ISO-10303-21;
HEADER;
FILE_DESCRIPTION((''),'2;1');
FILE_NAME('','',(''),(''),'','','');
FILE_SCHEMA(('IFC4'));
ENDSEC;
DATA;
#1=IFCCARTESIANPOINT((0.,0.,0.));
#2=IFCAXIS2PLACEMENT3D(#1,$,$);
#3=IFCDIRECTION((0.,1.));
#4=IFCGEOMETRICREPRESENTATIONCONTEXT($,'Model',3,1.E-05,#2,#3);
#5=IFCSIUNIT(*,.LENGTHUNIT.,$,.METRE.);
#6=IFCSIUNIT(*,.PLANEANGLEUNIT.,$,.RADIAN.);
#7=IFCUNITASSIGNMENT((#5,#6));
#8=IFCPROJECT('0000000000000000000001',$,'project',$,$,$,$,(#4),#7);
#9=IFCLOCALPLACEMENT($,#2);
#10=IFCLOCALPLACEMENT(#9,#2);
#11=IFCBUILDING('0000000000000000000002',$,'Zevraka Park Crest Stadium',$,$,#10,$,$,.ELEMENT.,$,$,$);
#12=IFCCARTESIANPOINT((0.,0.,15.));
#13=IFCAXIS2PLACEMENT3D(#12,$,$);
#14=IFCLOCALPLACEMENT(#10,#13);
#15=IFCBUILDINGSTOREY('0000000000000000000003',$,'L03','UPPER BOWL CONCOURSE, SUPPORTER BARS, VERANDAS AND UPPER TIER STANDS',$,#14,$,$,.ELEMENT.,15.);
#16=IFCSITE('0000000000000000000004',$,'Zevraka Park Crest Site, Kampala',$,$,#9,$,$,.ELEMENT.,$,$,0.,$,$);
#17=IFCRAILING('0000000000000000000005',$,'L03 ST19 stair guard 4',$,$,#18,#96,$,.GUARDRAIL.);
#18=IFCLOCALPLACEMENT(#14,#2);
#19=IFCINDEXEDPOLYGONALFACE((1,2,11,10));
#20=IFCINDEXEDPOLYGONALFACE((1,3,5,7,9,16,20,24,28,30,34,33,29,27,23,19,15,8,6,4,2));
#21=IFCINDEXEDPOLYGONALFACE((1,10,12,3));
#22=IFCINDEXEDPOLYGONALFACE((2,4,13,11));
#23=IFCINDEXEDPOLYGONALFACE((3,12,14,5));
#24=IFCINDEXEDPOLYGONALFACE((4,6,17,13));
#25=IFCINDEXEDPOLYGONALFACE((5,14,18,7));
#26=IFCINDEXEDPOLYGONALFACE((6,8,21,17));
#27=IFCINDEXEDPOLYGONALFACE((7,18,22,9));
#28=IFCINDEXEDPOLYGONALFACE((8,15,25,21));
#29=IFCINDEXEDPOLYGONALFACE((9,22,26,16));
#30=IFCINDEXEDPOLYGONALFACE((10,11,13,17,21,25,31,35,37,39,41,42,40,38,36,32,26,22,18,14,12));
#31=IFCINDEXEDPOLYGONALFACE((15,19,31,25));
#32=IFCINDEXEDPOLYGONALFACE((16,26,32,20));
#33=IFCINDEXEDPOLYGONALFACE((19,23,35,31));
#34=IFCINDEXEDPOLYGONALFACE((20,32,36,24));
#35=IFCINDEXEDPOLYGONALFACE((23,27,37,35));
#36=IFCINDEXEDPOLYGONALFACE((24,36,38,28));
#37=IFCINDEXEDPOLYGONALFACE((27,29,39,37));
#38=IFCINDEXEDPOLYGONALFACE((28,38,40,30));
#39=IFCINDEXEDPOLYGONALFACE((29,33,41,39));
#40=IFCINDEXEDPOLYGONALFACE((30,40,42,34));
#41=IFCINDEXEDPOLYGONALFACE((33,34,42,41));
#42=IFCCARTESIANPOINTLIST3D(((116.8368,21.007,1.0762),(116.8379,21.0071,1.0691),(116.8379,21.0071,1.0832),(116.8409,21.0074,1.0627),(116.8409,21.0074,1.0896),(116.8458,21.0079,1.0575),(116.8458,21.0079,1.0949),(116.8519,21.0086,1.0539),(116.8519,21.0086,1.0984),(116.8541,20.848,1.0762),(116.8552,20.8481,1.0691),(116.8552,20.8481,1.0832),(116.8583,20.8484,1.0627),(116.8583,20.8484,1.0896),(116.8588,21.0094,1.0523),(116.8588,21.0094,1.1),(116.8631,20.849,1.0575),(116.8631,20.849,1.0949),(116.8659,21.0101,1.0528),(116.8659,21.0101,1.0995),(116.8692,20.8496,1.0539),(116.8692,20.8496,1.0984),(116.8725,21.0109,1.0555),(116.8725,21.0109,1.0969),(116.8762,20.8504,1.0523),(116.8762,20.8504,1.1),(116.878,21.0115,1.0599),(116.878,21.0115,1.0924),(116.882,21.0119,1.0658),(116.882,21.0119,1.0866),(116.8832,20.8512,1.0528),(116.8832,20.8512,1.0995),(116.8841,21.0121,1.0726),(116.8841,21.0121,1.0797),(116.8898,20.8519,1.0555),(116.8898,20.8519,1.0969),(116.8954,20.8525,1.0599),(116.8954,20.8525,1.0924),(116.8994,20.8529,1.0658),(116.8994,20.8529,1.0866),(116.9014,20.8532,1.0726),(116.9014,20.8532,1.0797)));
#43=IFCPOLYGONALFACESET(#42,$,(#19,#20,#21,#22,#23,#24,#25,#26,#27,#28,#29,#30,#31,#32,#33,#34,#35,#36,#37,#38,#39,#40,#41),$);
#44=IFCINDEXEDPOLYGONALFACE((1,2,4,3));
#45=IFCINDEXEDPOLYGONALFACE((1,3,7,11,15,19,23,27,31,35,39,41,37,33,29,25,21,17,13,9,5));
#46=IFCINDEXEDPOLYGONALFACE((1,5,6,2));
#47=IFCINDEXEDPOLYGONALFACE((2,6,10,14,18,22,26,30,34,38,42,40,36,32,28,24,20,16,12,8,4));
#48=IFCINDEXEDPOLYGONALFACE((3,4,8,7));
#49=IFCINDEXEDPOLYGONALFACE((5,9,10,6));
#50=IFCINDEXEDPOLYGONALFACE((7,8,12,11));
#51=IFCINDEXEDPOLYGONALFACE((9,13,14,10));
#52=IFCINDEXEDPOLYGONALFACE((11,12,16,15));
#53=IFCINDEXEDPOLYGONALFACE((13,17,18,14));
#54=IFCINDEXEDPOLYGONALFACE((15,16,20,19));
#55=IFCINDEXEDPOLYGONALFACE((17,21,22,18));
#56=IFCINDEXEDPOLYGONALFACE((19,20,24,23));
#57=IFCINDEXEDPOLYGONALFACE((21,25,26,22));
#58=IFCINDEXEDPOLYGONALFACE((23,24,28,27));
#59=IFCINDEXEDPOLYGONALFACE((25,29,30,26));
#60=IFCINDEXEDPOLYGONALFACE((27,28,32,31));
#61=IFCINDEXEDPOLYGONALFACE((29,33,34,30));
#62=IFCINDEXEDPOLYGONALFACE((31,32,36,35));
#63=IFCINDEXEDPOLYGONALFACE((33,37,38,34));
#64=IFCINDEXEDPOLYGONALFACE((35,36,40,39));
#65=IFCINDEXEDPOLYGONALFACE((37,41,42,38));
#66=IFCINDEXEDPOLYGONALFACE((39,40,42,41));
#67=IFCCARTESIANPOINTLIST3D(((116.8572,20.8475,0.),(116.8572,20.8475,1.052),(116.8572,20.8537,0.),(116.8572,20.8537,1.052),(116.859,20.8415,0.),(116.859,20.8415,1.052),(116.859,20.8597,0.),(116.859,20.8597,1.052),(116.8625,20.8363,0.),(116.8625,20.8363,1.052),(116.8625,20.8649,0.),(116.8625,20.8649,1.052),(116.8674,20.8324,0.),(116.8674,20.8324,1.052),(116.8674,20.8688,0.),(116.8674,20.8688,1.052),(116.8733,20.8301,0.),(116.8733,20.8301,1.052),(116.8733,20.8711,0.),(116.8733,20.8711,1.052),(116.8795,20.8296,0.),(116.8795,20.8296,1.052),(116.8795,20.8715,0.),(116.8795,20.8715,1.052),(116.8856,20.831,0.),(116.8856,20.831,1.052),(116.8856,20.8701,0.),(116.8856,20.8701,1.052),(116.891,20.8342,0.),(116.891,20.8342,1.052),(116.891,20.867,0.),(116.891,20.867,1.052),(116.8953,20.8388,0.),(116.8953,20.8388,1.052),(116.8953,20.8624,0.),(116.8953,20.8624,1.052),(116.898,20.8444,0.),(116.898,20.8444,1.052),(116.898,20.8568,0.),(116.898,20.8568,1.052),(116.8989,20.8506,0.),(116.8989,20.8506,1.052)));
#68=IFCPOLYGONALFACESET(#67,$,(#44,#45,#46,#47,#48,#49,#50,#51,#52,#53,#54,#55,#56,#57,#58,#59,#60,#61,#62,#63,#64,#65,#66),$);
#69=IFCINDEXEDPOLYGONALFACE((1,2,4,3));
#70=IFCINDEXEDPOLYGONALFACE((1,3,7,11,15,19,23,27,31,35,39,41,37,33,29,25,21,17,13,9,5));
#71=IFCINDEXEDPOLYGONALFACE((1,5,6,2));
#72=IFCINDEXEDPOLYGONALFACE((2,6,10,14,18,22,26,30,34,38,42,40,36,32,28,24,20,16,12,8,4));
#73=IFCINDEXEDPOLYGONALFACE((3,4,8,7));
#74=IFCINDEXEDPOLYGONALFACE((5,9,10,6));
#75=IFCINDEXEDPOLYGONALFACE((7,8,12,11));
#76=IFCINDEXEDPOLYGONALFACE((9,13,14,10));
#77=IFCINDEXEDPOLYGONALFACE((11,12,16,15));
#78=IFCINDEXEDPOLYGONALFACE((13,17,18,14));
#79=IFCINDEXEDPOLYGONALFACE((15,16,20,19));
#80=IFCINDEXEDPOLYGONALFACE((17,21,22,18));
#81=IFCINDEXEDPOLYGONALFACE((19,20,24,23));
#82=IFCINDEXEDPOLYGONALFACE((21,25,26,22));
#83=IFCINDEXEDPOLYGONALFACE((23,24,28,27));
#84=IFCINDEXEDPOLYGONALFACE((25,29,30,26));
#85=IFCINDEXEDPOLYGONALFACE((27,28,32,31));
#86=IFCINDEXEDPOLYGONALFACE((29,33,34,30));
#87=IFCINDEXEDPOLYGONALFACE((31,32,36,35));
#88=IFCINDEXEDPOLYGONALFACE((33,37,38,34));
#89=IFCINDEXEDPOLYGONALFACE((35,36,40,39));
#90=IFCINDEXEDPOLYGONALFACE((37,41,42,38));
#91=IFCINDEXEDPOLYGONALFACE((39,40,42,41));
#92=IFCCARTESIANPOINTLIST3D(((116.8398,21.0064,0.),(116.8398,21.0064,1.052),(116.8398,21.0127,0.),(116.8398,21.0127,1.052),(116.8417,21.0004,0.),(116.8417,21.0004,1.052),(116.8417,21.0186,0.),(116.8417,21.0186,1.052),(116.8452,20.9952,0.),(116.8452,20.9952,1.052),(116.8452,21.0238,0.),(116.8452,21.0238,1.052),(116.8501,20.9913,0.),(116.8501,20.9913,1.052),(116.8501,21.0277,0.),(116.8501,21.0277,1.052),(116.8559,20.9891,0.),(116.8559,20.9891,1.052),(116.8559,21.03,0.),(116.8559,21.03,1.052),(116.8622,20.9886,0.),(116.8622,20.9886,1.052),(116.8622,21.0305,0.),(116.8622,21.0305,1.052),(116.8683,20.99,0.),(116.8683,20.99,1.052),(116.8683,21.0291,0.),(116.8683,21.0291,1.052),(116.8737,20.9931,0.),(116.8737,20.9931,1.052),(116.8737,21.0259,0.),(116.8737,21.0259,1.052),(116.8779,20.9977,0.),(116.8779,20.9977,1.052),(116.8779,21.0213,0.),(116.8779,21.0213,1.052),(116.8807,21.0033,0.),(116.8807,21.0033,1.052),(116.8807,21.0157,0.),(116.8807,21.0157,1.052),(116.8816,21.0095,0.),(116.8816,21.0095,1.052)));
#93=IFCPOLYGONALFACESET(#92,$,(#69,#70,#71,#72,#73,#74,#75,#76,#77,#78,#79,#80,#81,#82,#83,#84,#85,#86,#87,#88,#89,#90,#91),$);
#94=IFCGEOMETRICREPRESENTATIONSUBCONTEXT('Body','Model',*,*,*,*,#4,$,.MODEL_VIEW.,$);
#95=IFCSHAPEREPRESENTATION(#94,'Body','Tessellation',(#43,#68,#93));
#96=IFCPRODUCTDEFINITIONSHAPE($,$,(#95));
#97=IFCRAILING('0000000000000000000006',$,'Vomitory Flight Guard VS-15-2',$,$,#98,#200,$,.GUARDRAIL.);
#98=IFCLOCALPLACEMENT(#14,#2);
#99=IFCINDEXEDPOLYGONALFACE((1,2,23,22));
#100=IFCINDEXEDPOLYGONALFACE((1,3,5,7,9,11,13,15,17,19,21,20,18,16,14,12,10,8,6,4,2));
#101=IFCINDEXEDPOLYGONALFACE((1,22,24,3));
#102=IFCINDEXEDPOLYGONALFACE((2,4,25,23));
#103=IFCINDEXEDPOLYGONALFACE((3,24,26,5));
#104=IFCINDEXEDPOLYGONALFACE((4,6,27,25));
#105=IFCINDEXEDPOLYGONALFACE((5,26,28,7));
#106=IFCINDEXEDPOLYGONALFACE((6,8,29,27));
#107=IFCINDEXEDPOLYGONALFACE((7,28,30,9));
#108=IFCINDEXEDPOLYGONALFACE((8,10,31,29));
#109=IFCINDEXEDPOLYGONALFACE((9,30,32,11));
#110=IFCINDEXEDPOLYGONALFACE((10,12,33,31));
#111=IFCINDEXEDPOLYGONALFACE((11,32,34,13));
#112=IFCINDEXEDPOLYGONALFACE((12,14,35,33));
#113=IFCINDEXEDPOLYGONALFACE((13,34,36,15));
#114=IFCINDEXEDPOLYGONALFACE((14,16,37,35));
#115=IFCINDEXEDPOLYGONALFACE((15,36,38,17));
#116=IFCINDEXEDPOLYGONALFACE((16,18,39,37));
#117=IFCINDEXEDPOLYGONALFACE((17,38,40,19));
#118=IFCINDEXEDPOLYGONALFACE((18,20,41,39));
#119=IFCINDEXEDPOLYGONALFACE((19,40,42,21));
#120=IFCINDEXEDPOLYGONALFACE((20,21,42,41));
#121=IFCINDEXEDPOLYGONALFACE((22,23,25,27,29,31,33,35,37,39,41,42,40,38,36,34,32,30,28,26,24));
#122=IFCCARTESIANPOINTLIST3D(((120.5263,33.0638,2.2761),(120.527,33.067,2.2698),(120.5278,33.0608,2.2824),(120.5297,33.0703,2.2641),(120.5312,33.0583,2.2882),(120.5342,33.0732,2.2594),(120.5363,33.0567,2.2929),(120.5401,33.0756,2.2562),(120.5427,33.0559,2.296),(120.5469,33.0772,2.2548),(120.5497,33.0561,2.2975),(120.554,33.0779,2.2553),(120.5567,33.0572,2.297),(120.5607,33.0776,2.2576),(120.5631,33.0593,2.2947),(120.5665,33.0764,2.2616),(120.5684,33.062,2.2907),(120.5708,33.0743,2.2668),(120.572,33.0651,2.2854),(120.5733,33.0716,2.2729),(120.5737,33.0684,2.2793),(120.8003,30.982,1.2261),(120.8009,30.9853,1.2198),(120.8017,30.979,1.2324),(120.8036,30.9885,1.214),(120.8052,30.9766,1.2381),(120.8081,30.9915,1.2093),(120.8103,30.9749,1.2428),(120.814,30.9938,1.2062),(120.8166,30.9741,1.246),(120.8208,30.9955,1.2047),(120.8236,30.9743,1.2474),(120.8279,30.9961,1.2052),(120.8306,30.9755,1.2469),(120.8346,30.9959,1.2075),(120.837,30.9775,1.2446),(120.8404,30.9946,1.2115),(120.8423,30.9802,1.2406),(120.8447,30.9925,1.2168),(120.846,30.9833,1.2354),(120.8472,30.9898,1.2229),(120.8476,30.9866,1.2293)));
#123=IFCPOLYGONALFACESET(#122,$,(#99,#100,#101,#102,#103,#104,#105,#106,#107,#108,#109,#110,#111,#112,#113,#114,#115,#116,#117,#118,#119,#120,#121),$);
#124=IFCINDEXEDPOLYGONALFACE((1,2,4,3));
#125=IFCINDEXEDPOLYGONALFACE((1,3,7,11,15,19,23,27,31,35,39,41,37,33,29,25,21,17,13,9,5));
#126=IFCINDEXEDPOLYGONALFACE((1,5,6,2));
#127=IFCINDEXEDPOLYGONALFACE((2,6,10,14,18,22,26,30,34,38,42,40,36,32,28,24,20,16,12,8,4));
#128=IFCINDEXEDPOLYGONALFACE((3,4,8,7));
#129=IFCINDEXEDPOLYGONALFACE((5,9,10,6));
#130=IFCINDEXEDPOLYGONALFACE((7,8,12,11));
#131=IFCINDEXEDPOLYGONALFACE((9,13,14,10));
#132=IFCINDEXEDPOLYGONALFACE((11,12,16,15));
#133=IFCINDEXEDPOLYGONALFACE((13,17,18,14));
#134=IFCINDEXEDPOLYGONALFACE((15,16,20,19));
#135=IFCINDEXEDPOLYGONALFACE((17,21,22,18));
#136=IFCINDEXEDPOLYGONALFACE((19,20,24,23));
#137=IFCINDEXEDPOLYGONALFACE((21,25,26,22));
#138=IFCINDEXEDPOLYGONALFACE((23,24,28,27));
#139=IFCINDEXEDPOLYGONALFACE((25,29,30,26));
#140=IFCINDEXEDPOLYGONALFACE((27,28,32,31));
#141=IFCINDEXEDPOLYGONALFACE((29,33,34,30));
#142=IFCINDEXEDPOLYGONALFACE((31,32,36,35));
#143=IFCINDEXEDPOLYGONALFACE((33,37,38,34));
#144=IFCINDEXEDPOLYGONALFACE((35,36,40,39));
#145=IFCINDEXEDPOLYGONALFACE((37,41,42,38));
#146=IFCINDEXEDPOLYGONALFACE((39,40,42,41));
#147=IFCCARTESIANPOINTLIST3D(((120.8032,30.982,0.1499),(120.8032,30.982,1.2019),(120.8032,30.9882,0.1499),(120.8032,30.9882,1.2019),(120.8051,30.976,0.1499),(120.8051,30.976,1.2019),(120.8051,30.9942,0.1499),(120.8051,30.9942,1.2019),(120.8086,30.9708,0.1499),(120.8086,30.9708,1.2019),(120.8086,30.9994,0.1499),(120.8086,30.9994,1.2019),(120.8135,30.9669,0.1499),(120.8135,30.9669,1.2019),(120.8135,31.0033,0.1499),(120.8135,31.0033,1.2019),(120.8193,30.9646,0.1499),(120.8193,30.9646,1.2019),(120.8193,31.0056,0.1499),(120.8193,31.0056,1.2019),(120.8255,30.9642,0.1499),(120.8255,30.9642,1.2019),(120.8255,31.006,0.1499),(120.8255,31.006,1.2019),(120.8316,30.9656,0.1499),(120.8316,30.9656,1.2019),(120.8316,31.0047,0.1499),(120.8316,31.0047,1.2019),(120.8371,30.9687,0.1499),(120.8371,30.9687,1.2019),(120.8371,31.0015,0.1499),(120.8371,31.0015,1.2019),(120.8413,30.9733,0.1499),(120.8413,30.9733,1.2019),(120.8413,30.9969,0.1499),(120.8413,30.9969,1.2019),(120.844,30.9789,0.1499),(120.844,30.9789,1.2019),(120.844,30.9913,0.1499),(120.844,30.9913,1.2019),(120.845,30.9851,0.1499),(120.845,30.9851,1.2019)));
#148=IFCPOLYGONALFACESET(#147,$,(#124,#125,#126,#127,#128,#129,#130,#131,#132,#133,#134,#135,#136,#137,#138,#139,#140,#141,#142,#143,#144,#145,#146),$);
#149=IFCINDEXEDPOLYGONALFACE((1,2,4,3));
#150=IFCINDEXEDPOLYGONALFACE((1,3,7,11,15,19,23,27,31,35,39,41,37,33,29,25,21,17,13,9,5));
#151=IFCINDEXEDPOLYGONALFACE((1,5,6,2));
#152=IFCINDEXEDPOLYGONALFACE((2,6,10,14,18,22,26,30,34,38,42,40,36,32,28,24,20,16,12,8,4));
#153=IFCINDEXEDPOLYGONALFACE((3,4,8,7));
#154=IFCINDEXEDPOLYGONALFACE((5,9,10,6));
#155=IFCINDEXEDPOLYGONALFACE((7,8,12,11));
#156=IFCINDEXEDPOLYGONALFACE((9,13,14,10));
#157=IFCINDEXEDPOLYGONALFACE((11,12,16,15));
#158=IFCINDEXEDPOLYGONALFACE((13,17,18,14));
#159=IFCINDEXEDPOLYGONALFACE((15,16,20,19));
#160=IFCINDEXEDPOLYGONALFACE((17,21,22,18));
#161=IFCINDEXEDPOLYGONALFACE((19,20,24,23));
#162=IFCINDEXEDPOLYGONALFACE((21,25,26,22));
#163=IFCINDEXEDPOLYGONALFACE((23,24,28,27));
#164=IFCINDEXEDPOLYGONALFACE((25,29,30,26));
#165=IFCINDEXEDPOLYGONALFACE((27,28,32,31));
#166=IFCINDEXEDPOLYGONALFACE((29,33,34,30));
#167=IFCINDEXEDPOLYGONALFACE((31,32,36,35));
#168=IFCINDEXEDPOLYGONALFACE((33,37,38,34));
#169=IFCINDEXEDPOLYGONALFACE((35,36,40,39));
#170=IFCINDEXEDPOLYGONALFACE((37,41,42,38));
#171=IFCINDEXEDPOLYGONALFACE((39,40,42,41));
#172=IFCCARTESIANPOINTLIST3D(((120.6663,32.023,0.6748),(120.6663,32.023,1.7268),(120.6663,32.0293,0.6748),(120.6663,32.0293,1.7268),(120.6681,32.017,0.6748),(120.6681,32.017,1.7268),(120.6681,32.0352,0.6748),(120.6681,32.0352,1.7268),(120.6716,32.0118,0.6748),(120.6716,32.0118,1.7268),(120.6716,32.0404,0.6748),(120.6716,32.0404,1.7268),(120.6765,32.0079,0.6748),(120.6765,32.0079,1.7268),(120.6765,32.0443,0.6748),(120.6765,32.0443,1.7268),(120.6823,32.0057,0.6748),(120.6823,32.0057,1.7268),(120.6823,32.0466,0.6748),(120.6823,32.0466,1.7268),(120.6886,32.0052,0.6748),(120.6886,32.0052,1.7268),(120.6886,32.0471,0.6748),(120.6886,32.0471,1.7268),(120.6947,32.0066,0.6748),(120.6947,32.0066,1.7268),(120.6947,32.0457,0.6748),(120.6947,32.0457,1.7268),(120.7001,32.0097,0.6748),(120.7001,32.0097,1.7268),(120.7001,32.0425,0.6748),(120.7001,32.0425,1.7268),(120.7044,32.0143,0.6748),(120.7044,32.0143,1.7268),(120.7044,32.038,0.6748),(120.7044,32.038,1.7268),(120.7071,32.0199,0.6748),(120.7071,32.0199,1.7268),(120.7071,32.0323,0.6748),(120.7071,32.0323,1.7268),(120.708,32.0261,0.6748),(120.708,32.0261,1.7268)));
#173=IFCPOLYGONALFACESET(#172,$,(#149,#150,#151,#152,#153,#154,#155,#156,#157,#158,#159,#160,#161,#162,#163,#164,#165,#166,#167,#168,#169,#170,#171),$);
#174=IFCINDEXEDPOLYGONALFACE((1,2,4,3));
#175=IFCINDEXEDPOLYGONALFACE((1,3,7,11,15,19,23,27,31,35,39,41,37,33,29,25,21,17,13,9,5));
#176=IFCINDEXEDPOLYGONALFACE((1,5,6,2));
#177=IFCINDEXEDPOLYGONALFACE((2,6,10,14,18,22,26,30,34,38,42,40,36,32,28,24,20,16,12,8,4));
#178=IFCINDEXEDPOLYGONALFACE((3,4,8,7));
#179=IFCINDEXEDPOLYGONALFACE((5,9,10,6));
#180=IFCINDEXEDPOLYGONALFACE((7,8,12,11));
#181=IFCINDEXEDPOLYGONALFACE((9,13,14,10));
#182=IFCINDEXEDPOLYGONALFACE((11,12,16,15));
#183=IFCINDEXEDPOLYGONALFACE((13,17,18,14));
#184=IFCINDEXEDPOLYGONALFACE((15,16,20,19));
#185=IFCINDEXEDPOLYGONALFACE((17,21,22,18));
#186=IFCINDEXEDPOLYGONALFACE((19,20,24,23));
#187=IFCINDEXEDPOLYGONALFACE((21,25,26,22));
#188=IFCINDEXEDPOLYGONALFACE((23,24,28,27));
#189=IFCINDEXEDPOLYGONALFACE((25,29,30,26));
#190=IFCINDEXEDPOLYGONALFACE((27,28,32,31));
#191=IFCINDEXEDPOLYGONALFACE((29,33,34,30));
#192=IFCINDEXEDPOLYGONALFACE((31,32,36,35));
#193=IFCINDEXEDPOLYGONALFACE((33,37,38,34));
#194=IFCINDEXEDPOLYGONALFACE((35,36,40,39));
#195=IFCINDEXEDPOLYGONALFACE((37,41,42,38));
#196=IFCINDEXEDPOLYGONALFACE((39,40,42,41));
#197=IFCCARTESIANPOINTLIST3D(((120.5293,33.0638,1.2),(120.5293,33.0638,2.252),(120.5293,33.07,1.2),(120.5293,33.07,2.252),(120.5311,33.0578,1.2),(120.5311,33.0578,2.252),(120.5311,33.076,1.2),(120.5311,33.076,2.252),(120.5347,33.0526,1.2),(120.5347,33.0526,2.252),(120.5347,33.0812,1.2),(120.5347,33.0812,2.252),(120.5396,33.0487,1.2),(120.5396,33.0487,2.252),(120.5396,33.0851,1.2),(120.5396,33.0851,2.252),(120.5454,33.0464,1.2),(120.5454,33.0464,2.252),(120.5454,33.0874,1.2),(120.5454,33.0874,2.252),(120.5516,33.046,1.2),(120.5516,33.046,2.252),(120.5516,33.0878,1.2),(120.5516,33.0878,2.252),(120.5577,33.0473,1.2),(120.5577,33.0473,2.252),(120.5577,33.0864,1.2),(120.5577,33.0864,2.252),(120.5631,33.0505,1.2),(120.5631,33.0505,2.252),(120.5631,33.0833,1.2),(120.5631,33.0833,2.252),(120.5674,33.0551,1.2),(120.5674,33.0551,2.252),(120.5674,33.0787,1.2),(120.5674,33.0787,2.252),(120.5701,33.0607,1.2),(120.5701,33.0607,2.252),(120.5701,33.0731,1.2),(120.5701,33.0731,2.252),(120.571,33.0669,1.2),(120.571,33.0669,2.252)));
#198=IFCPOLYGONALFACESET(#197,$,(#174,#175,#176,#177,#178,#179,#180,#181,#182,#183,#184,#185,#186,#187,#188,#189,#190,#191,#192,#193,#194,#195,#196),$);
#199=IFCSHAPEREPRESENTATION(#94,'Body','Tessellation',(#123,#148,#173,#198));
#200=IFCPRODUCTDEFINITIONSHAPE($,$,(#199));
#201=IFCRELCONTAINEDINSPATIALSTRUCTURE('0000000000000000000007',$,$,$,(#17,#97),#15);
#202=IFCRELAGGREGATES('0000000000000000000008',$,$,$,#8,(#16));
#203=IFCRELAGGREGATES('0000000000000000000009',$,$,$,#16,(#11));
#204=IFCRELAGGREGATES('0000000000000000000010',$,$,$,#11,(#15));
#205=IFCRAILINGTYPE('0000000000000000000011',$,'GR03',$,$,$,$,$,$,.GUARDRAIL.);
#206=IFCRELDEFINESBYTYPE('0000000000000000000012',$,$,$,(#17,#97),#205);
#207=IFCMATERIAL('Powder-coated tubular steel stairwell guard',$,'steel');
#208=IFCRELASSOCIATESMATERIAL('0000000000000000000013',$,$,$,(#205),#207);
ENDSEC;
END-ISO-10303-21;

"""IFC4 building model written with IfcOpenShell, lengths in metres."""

from ifc_helpers import new_model, si_unit, direction, frame, origin, origin_2d, place, context, subcontext, project, spatial, circle, extrude, material, type_object, element, save


model = new_model("IFC4")

# Units and contexts
model_context = context("Model", 3, precision=1e-05, world=origin(), true_north=direction((0.0, 1.0)))
body_context = subcontext(model_context, "Body", "Model", "MODEL_VIEW")
ifc_project = project(units=[si_unit("LENGTHUNIT", "METRE"), si_unit("PLANEANGLEUNIT", "RADIAN")], contexts=[model_context])

# Site, building, storey
site_placement = place(None, origin())
site = spatial("IfcSite", under=ifc_project, at=site_placement, Name="Zevraka Park Crest Site, Kampala", CompositionType="ELEMENT", RefElevation=0.0)
building_placement = place(site_placement, origin())
building = spatial("IfcBuilding", under=site, at=building_placement, Name="Zevraka Park Crest Stadium", CompositionType="ELEMENT")
storey_placement = place(building_placement, frame((0.0, 0.0, 15.0)))
storey = spatial("IfcBuildingStorey", under=building, at=storey_placement, Name="L03", Description="UPPER BOWL CONCOURSE, SUPPORTER BARS, VERANDAS AND UPPER TIER STANDS", CompositionType="ELEMENT", Elevation=15.0)

# Railings
ifc_material_1 = material(Name="Powder-coated tubular steel stairwell guard", Category="steel")
railing_type_1 = type_object("IfcRailingType", Name="GR03", PredefinedType="GUARDRAIL", material=ifc_material_1)
railing_1_placement = place(storey_placement, frame((116.8779, 20.8506, 0.0)))
element("IfcRailing", 1, at=railing_1_placement, inside=storey, type_object=railing_type_1, Name="L03 ST19 stair guard 4", PredefinedType="GUARDRAIL", context=body_context, shape_type="SweptSolid", body=[
    extrude(circle(Radius=0.0239, at=origin_2d()), frame((0.0, 0.0, 1.0762), z_axis=(-0.10842, 0.994105, 0.0), x_axis=(-0.994105, -0.10842, 0.0)), (0.0, 0.0, 1.0), 0.1599),
    extrude(circle(Radius=0.021, at=origin_2d()), origin(), (0.0, 0.0, 1.0), 1.052),
    extrude(circle(Radius=0.021, at=origin_2d()), frame((-0.0173, 0.1589, 0.0)), (0.0, 0.0, 1.0), 1.052),
])
railing_2_placement = place(storey_placement, frame((120.824, 30.9851, 0.1499)))
element("IfcRailing", 2, at=railing_2_placement, inside=storey, type_object=railing_type_1, Name="Vomitory Flight Guard VS-15-2", PredefinedType="GUARDRAIL", context=body_context, shape_type="SweptSolid", body=[
    extrude(circle(Radius=0.0239, at=origin_2d()), frame((0.0, 0.0, 1.0762), z_axis=(-0.116681, 0.886752, 0.447276), x_axis=(-0.991454, -0.130458, 0.0)), (0.0, 0.0, 1.0), 2.3477),
    extrude(circle(Radius=0.021, at=origin_2d()), origin(), (0.0, 0.0, 1.0), 1.052),
    extrude(circle(Radius=0.021, at=origin_2d()), frame((-0.137, 1.041, 0.5249)), (0.0, 0.0, 1.0), 1.052),
    extrude(circle(Radius=0.021, at=origin_2d()), frame((-0.2739, 2.0818, 1.05)), (0.0, 0.0, 1.0), 1.052),
])

save(model, "model.ifc")
